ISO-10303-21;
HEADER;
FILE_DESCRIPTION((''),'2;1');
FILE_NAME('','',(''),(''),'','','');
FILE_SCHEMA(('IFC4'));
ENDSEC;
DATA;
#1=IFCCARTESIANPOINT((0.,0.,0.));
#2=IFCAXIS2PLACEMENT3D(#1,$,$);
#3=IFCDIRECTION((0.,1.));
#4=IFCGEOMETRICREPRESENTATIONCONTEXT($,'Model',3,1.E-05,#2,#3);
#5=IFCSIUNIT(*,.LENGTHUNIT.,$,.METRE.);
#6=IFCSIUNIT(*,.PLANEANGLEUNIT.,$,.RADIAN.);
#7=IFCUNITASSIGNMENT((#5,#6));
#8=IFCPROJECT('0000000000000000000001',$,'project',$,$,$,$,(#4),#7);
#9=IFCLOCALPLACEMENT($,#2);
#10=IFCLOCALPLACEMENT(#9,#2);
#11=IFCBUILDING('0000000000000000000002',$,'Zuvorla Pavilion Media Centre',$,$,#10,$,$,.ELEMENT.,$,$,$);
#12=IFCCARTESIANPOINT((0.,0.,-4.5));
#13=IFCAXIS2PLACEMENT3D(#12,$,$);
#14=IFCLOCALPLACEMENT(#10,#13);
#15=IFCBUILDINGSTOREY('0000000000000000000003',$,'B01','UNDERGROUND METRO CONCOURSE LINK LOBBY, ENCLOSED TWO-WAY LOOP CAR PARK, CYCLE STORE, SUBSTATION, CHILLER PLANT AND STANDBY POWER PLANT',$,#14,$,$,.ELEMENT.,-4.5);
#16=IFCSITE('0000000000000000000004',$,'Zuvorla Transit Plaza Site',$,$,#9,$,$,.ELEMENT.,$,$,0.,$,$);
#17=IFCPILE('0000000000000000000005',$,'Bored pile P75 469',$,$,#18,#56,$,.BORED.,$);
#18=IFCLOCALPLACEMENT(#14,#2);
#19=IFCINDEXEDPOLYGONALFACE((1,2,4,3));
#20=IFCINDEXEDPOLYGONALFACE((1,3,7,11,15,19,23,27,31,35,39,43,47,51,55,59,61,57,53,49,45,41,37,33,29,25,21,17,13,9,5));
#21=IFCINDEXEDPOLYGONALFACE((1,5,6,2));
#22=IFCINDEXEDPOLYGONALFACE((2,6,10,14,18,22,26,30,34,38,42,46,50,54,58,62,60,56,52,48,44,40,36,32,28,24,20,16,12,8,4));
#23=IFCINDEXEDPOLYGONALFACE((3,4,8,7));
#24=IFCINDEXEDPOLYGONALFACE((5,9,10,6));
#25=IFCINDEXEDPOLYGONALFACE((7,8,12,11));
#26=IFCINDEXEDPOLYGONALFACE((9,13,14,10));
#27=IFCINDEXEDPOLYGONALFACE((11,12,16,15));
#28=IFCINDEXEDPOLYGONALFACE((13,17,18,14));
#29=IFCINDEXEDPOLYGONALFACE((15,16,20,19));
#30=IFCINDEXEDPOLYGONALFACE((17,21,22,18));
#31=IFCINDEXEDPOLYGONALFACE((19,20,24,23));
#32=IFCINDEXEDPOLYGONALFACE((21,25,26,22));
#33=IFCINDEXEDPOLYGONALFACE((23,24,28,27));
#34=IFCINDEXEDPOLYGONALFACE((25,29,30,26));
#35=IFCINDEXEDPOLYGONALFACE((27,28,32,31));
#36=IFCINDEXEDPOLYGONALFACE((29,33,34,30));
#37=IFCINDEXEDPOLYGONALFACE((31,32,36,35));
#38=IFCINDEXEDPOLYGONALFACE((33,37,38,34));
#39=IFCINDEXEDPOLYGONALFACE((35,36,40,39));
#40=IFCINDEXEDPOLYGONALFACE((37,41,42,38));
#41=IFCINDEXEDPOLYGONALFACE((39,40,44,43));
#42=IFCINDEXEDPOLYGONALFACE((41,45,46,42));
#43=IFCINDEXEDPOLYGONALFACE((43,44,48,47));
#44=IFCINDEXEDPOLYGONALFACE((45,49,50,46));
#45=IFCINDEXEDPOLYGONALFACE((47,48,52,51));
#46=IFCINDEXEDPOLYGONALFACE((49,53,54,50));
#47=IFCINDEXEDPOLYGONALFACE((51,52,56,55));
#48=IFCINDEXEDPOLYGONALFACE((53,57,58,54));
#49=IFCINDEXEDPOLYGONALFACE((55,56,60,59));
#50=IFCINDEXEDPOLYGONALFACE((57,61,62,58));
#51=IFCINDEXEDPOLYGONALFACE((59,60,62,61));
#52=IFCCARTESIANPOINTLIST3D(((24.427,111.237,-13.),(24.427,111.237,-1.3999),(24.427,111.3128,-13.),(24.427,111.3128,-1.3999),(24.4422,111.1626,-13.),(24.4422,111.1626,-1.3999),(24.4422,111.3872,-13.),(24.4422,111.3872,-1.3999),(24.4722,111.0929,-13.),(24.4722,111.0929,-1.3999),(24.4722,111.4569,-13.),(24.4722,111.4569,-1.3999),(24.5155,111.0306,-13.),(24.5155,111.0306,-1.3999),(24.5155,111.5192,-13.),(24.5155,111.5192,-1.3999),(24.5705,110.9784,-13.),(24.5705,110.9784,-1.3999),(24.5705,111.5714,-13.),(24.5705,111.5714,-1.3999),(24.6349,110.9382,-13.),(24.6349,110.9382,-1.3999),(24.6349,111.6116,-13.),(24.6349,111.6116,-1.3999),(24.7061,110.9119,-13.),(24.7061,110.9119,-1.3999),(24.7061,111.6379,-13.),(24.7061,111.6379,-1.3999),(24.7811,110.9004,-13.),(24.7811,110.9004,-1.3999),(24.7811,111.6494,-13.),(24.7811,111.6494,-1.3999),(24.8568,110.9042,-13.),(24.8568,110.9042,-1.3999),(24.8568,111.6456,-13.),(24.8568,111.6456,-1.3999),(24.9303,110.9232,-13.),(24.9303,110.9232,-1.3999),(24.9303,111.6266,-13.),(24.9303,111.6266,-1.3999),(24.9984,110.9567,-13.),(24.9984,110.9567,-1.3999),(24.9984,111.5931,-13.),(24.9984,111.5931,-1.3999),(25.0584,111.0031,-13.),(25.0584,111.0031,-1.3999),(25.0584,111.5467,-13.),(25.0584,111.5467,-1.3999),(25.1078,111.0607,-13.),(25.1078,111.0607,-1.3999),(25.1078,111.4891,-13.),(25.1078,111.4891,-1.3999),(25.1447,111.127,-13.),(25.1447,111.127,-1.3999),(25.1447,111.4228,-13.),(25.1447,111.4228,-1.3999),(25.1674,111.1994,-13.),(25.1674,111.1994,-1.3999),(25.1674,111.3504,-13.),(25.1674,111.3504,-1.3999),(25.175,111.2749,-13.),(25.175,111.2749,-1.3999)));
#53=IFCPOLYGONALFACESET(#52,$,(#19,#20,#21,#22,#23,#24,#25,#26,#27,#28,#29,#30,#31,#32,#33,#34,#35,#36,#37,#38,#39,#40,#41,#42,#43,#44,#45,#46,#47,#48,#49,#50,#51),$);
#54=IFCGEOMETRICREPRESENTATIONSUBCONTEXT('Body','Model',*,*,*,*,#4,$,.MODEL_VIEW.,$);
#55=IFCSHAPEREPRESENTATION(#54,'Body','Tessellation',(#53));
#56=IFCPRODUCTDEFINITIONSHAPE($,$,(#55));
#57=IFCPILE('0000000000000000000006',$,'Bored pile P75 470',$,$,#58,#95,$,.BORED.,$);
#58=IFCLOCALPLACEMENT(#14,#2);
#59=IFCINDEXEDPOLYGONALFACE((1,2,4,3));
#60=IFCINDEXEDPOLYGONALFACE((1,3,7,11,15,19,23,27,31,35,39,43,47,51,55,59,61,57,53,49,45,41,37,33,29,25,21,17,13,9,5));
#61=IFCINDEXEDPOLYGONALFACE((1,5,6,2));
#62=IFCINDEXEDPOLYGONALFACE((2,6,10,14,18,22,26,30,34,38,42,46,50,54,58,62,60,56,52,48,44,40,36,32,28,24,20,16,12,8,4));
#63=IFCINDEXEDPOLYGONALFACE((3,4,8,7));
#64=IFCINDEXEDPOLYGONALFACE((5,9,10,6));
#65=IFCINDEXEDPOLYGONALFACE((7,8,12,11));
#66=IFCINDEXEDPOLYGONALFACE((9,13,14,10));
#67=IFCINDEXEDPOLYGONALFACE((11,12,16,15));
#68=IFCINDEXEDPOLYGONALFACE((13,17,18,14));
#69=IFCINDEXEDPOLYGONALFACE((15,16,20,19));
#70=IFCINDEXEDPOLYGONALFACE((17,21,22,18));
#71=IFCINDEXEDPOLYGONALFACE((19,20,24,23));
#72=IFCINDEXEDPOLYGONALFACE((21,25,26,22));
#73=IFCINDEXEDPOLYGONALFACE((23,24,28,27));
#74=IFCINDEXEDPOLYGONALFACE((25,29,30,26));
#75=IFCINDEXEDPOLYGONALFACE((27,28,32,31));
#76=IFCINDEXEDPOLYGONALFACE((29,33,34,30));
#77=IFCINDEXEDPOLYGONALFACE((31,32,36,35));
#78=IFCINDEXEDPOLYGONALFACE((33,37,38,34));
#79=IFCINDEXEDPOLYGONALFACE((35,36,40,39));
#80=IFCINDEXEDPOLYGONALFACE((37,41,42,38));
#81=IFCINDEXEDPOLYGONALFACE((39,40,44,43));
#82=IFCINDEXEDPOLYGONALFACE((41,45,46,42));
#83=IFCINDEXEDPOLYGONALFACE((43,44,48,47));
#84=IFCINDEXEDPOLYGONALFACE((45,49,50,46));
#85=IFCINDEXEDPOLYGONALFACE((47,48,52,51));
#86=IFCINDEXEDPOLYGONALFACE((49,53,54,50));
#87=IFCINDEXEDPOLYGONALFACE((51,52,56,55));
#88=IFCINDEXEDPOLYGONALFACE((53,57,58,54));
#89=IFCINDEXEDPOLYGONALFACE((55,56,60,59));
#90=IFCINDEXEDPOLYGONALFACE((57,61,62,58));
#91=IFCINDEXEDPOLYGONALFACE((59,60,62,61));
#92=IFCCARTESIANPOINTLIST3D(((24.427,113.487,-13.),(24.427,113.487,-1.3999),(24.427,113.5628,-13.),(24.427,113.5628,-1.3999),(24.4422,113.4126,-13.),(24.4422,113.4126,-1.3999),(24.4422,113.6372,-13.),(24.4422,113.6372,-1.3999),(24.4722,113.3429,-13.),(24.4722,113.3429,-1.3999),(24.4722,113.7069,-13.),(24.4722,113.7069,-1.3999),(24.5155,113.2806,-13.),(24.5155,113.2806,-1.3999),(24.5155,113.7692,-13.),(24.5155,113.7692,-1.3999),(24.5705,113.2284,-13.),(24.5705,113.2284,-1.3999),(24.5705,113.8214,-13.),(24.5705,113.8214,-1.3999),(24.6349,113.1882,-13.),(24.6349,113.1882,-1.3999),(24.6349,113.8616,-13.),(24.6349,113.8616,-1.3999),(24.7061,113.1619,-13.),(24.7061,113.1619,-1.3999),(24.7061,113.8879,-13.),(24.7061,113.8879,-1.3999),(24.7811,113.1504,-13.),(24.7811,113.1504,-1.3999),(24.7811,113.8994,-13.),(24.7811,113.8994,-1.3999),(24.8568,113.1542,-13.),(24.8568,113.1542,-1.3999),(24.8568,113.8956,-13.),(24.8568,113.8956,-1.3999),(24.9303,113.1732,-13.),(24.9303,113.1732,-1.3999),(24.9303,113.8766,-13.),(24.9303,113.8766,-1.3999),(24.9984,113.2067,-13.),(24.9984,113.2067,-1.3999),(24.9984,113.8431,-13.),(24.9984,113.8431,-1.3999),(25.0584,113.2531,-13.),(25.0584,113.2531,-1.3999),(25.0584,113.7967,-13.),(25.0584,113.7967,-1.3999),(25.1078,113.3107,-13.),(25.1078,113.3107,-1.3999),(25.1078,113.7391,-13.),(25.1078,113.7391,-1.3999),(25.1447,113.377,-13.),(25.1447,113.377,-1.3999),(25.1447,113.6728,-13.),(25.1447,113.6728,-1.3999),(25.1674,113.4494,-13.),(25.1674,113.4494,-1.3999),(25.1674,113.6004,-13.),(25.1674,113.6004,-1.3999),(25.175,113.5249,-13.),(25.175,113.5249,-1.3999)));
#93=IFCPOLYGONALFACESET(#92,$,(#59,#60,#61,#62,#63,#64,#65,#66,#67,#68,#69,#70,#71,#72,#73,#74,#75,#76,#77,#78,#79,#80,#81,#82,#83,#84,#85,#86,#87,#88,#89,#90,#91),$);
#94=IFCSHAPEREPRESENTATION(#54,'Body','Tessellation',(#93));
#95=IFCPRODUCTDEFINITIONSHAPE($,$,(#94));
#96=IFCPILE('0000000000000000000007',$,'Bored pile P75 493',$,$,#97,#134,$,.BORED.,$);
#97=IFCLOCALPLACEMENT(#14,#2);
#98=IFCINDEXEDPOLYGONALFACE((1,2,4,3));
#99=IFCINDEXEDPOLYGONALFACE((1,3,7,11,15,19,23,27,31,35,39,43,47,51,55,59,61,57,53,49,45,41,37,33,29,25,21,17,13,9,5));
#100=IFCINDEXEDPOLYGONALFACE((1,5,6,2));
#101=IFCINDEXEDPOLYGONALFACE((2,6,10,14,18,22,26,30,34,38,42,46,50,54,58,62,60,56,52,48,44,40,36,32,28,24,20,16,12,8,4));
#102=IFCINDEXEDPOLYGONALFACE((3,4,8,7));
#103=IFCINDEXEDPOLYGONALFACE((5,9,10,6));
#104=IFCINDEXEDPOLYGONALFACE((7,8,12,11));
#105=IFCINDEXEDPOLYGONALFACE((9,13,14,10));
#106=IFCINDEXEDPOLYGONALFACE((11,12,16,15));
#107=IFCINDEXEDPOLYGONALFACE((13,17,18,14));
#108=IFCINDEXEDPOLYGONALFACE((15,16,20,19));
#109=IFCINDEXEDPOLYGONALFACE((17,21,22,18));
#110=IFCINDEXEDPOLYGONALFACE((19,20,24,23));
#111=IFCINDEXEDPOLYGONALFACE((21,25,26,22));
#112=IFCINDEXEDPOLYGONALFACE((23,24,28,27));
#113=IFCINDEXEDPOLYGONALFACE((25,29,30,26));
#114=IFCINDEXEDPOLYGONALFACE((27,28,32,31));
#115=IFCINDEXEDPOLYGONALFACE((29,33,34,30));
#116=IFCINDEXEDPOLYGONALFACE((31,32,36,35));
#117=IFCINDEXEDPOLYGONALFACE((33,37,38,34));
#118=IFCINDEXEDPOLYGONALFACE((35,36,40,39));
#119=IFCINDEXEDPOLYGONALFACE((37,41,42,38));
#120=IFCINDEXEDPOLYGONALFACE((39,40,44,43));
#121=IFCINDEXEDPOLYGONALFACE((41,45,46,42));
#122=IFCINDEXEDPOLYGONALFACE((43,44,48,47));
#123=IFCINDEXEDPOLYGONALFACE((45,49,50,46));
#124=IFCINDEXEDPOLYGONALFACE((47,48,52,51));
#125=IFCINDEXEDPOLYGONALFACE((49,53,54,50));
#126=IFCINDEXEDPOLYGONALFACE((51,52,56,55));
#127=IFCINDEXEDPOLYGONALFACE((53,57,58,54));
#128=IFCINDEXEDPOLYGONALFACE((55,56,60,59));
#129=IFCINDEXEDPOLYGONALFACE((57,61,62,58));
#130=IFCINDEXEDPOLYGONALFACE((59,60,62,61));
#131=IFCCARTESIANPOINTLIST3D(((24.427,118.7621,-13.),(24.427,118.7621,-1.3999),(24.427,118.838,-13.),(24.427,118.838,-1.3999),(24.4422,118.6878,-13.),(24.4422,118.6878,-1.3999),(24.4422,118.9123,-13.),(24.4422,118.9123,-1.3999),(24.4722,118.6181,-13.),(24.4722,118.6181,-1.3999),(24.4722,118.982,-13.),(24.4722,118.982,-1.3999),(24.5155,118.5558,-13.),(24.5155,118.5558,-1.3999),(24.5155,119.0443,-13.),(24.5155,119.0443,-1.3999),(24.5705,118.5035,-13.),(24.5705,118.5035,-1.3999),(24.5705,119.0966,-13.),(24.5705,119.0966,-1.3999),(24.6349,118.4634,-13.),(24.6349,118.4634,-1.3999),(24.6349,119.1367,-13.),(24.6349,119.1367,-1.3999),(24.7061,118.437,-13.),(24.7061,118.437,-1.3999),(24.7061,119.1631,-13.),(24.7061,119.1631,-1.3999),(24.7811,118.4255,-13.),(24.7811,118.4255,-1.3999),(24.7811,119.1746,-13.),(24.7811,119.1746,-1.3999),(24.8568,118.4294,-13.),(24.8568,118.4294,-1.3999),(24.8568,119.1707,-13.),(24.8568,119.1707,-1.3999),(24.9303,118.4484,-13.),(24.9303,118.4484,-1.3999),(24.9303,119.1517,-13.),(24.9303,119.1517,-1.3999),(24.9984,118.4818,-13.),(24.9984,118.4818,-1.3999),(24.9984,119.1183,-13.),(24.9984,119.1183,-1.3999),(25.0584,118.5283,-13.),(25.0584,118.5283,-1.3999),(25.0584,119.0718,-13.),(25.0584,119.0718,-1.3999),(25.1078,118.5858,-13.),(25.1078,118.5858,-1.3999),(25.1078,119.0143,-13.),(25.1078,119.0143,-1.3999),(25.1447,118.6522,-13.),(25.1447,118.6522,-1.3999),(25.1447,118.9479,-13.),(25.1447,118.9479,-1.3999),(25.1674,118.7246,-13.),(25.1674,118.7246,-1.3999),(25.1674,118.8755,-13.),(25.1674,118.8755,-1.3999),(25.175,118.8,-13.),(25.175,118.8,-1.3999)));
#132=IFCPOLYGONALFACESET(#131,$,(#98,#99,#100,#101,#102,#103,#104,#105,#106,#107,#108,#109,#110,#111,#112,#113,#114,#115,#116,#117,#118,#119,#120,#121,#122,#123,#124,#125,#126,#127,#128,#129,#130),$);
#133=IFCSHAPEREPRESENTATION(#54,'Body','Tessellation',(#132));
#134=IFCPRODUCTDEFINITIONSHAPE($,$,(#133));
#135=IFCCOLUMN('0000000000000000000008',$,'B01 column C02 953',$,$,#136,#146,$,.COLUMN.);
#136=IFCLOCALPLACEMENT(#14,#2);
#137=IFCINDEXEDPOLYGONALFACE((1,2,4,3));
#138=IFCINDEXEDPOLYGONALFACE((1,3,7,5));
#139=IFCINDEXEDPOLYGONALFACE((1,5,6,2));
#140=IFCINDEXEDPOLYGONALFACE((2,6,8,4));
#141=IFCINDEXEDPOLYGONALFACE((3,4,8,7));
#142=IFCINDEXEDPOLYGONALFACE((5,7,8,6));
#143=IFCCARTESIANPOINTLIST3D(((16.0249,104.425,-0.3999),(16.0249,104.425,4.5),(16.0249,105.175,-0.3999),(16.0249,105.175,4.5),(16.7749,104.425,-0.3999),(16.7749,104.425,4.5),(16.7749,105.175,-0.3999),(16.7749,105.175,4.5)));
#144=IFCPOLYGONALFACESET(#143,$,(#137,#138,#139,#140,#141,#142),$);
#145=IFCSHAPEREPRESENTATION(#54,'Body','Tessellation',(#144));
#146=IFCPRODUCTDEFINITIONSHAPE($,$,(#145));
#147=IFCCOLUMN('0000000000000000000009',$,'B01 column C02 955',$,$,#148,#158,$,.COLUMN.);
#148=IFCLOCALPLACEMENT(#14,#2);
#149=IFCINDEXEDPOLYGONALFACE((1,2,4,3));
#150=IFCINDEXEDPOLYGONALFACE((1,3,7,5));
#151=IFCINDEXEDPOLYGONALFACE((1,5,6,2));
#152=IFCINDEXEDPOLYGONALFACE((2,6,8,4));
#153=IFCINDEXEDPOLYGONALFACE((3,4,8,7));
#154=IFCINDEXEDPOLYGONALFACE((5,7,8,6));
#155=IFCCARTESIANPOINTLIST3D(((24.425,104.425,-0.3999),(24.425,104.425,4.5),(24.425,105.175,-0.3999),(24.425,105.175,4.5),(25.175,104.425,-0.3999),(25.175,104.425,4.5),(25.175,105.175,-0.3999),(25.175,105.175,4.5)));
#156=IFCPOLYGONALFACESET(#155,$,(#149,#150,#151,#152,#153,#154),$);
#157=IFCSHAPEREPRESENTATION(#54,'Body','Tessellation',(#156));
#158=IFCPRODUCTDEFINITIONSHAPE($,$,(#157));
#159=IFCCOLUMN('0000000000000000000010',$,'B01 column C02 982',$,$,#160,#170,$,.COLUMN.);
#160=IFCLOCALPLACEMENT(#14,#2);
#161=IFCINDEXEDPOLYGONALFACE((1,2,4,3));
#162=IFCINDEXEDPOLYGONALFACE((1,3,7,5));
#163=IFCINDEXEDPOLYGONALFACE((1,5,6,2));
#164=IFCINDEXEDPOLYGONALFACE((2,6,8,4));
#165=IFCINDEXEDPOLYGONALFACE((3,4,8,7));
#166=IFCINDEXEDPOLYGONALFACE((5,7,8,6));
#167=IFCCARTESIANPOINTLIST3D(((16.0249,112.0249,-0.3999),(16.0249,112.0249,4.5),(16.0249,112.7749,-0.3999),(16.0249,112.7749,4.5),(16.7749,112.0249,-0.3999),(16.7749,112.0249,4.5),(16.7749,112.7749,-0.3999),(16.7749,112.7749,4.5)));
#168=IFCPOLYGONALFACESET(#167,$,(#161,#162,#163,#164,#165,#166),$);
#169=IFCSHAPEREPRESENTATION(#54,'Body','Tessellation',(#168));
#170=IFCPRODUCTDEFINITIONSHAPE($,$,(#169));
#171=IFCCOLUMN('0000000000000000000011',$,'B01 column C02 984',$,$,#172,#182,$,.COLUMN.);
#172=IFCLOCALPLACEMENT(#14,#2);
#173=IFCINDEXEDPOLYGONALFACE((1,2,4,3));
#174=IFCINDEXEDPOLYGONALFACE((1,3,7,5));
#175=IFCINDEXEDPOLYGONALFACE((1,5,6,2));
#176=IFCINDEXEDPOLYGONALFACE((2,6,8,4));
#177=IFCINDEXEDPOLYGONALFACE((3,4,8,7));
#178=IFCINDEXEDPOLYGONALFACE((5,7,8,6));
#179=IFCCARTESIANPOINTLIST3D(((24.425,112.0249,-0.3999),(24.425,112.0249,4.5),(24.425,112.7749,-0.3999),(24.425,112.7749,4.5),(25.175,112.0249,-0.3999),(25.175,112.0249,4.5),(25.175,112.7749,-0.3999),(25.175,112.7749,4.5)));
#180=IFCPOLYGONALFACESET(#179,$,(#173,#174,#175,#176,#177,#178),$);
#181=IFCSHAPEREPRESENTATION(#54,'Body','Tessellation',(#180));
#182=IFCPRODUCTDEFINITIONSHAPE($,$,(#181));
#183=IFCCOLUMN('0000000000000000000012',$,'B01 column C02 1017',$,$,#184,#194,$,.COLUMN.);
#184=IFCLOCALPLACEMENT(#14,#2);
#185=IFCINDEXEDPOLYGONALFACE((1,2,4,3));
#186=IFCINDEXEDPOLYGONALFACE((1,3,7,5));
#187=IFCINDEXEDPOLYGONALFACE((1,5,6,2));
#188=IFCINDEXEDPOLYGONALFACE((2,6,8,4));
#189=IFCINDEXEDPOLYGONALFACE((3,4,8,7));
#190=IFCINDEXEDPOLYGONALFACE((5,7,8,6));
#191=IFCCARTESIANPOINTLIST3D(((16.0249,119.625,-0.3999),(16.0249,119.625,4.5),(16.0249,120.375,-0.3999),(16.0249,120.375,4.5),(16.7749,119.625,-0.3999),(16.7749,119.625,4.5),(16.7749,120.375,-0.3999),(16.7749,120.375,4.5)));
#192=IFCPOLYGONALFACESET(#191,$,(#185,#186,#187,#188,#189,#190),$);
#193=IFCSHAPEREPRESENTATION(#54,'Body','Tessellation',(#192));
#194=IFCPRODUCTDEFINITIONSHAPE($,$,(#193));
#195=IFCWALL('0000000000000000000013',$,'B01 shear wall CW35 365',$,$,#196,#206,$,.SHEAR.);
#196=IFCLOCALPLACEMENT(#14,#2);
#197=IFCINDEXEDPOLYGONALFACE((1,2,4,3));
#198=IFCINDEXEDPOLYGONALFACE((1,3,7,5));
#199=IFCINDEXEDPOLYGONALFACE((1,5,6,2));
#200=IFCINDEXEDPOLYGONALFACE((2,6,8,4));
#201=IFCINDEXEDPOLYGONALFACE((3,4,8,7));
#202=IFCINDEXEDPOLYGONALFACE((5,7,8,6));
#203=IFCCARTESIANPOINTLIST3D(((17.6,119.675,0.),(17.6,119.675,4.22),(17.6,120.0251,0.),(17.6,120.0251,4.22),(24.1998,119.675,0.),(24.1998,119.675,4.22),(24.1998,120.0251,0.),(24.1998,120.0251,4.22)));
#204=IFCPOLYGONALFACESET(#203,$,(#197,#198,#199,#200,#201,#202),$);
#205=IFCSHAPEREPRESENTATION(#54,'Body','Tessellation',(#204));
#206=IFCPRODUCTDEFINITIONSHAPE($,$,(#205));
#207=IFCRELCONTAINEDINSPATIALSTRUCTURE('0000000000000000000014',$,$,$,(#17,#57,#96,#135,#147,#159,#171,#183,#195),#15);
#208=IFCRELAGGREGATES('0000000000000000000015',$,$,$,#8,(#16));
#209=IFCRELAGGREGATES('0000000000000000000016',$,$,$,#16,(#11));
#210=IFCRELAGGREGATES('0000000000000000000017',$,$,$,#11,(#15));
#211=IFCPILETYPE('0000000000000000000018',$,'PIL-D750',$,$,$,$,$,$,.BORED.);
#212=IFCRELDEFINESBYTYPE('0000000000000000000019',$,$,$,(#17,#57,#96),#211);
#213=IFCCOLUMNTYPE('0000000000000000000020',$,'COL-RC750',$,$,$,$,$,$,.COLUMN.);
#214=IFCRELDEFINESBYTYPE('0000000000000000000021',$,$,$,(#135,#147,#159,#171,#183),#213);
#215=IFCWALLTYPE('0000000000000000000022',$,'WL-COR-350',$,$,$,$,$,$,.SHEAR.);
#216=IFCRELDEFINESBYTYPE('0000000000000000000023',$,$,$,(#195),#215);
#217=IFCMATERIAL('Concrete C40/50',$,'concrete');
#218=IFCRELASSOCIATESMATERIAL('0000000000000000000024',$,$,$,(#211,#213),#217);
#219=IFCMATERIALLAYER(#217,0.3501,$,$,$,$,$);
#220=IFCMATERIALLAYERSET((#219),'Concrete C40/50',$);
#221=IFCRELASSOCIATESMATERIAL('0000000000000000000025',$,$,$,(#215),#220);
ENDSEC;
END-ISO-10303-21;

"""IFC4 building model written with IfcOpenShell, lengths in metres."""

from ifc_helpers import new_model, si_unit, direction, frame, frame_2d, origin, origin_2d, place, context, subcontext, project, spatial, rectangle, circle, extrude, material, layer, layer_set, material_profile, profile_set, type_object, element, save


model = new_model("IFC4")

# Units and contexts
model_context = context("Model", 3, precision=1e-05, world=origin(), true_north=direction((0.0, 1.0)))
body_context = subcontext(model_context, "Body", "Model", "MODEL_VIEW")
ifc_project = project(units=[si_unit("LENGTHUNIT", "METRE"), si_unit("PLANEANGLEUNIT", "RADIAN")], contexts=[model_context])

# Site, building, storey
site_placement = place(None, origin())
site = spatial("IfcSite", under=ifc_project, at=site_placement, Name="Zuvorla Transit Plaza Site", CompositionType="ELEMENT", RefElevation=0.0)
building_placement = place(site_placement, origin())
building = spatial("IfcBuilding", under=site, at=building_placement, Name="Zuvorla Pavilion Media Centre", CompositionType="ELEMENT")
storey_placement = place(building_placement, frame((0.0, 0.0, -4.5)))
storey = spatial("IfcBuildingStorey", under=building, at=storey_placement, Name="B01", Description="UNDERGROUND METRO CONCOURSE LINK LOBBY, ENCLOSED TWO-WAY LOOP CAR PARK, CYCLE STORE, SUBSTATION, CHILLER PLANT AND STANDBY POWER PLANT", CompositionType="ELEMENT", Elevation=-4.5)

# Shared definitions
ifc_material_1 = material(Name="Concrete C40/50", Category="concrete")

# Piles
ifc_material_profile_1 = material_profile(ifc_material_1, circle(Radius=0.375, at=origin_2d()), Name="BORED PILE 750")
ifc_profile_set_1 = profile_set([ifc_material_profile_1], Name="Concrete C40/50")
pile_type = type_object("IfcPileType", Name="PIL-D750", PredefinedType="BORED", material=ifc_profile_set_1)
for number, where, z_axis, x_axis, name in (
    (1, (24.8, 111.2749, -1.3999), (0.0, 0.0, -1.0), (1.0, 0.0, 0.0), "Bored pile P75 469"),
    (2, (24.8, 113.5249, -1.3999), (0.0, 0.0, -1.0), (1.0, 0.0, 0.0), "Bored pile P75 470"),
    (3, (24.8, 118.8, -1.3999), (0.0, 0.0, -1.0), (1.0, 0.0, 0.0), "Bored pile P75 493"),
):
    element("IfcPile", number, at=place(storey_placement, frame(where, z_axis=z_axis, x_axis=x_axis)), inside=storey, type_object=pile_type, Name=name, PredefinedType="BORED", context=body_context, shape_type="SweptSolid", body=[
        extrude(circle(Radius=0.375, at=origin_2d()), origin(), (0.0, 0.0, 1.0), 11.6001),
    ])

# Columns
ifc_material_profile_2 = material_profile(ifc_material_1, rectangle(XDim=0.75, YDim=0.75, at=origin_2d()), Name="RC 750x750")
ifc_profile_set_2 = profile_set([ifc_material_profile_2], Name="Concrete C40/50")
column_type = type_object("IfcColumnType", Name="COL-RC750", PredefinedType="COLUMN", material=ifc_profile_set_2)
for number, where, z_axis, x_axis, name in (
    (4, (16.3999, 104.8, -0.3999), (0.0, 0.0, 1.0), (1.0, 0.0, 0.0), "B01 column C02 953"),
    (5, (24.8, 104.8, -0.3999), (0.0, 0.0, 1.0), (1.0, 0.0, 0.0), "B01 column C02 955"),
    (6, (16.3999, 112.3999, -0.3999), (0.0, 0.0, 1.0), (1.0, 0.0, 0.0), "B01 column C02 982"),
    (7, (24.8, 112.3999, -0.3999), (0.0, 0.0, 1.0), (1.0, 0.0, 0.0), "B01 column C02 984"),
    (8, (16.3999, 120.0, -0.3999), (0.0, 0.0, 1.0), (1.0, 0.0, 0.0), "B01 column C02 1017"),
):
    element("IfcColumn", number, at=place(storey_placement, frame(where, z_axis=z_axis, x_axis=x_axis)), inside=storey, type_object=column_type, Name=name, PredefinedType="COLUMN", context=body_context, shape_type="SweptSolid", body=[
        extrude(rectangle(XDim=0.75, YDim=0.75, at=origin_2d()), origin(), (0.0, 0.0, 1.0), 4.8999),
    ])

# Wall
ifc_layer_1 = layer(ifc_material_1, 0.3501)
ifc_layer_set_1 = layer_set([ifc_layer_1], Name="Concrete C40/50")
wall_type_1 = type_object("IfcWallType", Name="WL-COR-350", PredefinedType="SHEAR", material=ifc_layer_set_1)
wall_1_placement = place(storey_placement, frame((17.6001, 119.8501, 0.0), z_axis=(0.0, 0.0, 1.0), x_axis=(1.0, 0.0, 0.0)))
element("IfcWall", 9, at=wall_1_placement, inside=storey, type_object=wall_type_1, Name="B01 shear wall CW35 365", PredefinedType="SHEAR", context=body_context, shape_type="SweptSolid", body=[
    extrude(rectangle(XDim=6.5999, YDim=0.3501, at=frame_2d((3.2998, 0.0))), origin(), (0.0, 0.0, 1.0), 4.22),
])

save(model, "model.ifc")
